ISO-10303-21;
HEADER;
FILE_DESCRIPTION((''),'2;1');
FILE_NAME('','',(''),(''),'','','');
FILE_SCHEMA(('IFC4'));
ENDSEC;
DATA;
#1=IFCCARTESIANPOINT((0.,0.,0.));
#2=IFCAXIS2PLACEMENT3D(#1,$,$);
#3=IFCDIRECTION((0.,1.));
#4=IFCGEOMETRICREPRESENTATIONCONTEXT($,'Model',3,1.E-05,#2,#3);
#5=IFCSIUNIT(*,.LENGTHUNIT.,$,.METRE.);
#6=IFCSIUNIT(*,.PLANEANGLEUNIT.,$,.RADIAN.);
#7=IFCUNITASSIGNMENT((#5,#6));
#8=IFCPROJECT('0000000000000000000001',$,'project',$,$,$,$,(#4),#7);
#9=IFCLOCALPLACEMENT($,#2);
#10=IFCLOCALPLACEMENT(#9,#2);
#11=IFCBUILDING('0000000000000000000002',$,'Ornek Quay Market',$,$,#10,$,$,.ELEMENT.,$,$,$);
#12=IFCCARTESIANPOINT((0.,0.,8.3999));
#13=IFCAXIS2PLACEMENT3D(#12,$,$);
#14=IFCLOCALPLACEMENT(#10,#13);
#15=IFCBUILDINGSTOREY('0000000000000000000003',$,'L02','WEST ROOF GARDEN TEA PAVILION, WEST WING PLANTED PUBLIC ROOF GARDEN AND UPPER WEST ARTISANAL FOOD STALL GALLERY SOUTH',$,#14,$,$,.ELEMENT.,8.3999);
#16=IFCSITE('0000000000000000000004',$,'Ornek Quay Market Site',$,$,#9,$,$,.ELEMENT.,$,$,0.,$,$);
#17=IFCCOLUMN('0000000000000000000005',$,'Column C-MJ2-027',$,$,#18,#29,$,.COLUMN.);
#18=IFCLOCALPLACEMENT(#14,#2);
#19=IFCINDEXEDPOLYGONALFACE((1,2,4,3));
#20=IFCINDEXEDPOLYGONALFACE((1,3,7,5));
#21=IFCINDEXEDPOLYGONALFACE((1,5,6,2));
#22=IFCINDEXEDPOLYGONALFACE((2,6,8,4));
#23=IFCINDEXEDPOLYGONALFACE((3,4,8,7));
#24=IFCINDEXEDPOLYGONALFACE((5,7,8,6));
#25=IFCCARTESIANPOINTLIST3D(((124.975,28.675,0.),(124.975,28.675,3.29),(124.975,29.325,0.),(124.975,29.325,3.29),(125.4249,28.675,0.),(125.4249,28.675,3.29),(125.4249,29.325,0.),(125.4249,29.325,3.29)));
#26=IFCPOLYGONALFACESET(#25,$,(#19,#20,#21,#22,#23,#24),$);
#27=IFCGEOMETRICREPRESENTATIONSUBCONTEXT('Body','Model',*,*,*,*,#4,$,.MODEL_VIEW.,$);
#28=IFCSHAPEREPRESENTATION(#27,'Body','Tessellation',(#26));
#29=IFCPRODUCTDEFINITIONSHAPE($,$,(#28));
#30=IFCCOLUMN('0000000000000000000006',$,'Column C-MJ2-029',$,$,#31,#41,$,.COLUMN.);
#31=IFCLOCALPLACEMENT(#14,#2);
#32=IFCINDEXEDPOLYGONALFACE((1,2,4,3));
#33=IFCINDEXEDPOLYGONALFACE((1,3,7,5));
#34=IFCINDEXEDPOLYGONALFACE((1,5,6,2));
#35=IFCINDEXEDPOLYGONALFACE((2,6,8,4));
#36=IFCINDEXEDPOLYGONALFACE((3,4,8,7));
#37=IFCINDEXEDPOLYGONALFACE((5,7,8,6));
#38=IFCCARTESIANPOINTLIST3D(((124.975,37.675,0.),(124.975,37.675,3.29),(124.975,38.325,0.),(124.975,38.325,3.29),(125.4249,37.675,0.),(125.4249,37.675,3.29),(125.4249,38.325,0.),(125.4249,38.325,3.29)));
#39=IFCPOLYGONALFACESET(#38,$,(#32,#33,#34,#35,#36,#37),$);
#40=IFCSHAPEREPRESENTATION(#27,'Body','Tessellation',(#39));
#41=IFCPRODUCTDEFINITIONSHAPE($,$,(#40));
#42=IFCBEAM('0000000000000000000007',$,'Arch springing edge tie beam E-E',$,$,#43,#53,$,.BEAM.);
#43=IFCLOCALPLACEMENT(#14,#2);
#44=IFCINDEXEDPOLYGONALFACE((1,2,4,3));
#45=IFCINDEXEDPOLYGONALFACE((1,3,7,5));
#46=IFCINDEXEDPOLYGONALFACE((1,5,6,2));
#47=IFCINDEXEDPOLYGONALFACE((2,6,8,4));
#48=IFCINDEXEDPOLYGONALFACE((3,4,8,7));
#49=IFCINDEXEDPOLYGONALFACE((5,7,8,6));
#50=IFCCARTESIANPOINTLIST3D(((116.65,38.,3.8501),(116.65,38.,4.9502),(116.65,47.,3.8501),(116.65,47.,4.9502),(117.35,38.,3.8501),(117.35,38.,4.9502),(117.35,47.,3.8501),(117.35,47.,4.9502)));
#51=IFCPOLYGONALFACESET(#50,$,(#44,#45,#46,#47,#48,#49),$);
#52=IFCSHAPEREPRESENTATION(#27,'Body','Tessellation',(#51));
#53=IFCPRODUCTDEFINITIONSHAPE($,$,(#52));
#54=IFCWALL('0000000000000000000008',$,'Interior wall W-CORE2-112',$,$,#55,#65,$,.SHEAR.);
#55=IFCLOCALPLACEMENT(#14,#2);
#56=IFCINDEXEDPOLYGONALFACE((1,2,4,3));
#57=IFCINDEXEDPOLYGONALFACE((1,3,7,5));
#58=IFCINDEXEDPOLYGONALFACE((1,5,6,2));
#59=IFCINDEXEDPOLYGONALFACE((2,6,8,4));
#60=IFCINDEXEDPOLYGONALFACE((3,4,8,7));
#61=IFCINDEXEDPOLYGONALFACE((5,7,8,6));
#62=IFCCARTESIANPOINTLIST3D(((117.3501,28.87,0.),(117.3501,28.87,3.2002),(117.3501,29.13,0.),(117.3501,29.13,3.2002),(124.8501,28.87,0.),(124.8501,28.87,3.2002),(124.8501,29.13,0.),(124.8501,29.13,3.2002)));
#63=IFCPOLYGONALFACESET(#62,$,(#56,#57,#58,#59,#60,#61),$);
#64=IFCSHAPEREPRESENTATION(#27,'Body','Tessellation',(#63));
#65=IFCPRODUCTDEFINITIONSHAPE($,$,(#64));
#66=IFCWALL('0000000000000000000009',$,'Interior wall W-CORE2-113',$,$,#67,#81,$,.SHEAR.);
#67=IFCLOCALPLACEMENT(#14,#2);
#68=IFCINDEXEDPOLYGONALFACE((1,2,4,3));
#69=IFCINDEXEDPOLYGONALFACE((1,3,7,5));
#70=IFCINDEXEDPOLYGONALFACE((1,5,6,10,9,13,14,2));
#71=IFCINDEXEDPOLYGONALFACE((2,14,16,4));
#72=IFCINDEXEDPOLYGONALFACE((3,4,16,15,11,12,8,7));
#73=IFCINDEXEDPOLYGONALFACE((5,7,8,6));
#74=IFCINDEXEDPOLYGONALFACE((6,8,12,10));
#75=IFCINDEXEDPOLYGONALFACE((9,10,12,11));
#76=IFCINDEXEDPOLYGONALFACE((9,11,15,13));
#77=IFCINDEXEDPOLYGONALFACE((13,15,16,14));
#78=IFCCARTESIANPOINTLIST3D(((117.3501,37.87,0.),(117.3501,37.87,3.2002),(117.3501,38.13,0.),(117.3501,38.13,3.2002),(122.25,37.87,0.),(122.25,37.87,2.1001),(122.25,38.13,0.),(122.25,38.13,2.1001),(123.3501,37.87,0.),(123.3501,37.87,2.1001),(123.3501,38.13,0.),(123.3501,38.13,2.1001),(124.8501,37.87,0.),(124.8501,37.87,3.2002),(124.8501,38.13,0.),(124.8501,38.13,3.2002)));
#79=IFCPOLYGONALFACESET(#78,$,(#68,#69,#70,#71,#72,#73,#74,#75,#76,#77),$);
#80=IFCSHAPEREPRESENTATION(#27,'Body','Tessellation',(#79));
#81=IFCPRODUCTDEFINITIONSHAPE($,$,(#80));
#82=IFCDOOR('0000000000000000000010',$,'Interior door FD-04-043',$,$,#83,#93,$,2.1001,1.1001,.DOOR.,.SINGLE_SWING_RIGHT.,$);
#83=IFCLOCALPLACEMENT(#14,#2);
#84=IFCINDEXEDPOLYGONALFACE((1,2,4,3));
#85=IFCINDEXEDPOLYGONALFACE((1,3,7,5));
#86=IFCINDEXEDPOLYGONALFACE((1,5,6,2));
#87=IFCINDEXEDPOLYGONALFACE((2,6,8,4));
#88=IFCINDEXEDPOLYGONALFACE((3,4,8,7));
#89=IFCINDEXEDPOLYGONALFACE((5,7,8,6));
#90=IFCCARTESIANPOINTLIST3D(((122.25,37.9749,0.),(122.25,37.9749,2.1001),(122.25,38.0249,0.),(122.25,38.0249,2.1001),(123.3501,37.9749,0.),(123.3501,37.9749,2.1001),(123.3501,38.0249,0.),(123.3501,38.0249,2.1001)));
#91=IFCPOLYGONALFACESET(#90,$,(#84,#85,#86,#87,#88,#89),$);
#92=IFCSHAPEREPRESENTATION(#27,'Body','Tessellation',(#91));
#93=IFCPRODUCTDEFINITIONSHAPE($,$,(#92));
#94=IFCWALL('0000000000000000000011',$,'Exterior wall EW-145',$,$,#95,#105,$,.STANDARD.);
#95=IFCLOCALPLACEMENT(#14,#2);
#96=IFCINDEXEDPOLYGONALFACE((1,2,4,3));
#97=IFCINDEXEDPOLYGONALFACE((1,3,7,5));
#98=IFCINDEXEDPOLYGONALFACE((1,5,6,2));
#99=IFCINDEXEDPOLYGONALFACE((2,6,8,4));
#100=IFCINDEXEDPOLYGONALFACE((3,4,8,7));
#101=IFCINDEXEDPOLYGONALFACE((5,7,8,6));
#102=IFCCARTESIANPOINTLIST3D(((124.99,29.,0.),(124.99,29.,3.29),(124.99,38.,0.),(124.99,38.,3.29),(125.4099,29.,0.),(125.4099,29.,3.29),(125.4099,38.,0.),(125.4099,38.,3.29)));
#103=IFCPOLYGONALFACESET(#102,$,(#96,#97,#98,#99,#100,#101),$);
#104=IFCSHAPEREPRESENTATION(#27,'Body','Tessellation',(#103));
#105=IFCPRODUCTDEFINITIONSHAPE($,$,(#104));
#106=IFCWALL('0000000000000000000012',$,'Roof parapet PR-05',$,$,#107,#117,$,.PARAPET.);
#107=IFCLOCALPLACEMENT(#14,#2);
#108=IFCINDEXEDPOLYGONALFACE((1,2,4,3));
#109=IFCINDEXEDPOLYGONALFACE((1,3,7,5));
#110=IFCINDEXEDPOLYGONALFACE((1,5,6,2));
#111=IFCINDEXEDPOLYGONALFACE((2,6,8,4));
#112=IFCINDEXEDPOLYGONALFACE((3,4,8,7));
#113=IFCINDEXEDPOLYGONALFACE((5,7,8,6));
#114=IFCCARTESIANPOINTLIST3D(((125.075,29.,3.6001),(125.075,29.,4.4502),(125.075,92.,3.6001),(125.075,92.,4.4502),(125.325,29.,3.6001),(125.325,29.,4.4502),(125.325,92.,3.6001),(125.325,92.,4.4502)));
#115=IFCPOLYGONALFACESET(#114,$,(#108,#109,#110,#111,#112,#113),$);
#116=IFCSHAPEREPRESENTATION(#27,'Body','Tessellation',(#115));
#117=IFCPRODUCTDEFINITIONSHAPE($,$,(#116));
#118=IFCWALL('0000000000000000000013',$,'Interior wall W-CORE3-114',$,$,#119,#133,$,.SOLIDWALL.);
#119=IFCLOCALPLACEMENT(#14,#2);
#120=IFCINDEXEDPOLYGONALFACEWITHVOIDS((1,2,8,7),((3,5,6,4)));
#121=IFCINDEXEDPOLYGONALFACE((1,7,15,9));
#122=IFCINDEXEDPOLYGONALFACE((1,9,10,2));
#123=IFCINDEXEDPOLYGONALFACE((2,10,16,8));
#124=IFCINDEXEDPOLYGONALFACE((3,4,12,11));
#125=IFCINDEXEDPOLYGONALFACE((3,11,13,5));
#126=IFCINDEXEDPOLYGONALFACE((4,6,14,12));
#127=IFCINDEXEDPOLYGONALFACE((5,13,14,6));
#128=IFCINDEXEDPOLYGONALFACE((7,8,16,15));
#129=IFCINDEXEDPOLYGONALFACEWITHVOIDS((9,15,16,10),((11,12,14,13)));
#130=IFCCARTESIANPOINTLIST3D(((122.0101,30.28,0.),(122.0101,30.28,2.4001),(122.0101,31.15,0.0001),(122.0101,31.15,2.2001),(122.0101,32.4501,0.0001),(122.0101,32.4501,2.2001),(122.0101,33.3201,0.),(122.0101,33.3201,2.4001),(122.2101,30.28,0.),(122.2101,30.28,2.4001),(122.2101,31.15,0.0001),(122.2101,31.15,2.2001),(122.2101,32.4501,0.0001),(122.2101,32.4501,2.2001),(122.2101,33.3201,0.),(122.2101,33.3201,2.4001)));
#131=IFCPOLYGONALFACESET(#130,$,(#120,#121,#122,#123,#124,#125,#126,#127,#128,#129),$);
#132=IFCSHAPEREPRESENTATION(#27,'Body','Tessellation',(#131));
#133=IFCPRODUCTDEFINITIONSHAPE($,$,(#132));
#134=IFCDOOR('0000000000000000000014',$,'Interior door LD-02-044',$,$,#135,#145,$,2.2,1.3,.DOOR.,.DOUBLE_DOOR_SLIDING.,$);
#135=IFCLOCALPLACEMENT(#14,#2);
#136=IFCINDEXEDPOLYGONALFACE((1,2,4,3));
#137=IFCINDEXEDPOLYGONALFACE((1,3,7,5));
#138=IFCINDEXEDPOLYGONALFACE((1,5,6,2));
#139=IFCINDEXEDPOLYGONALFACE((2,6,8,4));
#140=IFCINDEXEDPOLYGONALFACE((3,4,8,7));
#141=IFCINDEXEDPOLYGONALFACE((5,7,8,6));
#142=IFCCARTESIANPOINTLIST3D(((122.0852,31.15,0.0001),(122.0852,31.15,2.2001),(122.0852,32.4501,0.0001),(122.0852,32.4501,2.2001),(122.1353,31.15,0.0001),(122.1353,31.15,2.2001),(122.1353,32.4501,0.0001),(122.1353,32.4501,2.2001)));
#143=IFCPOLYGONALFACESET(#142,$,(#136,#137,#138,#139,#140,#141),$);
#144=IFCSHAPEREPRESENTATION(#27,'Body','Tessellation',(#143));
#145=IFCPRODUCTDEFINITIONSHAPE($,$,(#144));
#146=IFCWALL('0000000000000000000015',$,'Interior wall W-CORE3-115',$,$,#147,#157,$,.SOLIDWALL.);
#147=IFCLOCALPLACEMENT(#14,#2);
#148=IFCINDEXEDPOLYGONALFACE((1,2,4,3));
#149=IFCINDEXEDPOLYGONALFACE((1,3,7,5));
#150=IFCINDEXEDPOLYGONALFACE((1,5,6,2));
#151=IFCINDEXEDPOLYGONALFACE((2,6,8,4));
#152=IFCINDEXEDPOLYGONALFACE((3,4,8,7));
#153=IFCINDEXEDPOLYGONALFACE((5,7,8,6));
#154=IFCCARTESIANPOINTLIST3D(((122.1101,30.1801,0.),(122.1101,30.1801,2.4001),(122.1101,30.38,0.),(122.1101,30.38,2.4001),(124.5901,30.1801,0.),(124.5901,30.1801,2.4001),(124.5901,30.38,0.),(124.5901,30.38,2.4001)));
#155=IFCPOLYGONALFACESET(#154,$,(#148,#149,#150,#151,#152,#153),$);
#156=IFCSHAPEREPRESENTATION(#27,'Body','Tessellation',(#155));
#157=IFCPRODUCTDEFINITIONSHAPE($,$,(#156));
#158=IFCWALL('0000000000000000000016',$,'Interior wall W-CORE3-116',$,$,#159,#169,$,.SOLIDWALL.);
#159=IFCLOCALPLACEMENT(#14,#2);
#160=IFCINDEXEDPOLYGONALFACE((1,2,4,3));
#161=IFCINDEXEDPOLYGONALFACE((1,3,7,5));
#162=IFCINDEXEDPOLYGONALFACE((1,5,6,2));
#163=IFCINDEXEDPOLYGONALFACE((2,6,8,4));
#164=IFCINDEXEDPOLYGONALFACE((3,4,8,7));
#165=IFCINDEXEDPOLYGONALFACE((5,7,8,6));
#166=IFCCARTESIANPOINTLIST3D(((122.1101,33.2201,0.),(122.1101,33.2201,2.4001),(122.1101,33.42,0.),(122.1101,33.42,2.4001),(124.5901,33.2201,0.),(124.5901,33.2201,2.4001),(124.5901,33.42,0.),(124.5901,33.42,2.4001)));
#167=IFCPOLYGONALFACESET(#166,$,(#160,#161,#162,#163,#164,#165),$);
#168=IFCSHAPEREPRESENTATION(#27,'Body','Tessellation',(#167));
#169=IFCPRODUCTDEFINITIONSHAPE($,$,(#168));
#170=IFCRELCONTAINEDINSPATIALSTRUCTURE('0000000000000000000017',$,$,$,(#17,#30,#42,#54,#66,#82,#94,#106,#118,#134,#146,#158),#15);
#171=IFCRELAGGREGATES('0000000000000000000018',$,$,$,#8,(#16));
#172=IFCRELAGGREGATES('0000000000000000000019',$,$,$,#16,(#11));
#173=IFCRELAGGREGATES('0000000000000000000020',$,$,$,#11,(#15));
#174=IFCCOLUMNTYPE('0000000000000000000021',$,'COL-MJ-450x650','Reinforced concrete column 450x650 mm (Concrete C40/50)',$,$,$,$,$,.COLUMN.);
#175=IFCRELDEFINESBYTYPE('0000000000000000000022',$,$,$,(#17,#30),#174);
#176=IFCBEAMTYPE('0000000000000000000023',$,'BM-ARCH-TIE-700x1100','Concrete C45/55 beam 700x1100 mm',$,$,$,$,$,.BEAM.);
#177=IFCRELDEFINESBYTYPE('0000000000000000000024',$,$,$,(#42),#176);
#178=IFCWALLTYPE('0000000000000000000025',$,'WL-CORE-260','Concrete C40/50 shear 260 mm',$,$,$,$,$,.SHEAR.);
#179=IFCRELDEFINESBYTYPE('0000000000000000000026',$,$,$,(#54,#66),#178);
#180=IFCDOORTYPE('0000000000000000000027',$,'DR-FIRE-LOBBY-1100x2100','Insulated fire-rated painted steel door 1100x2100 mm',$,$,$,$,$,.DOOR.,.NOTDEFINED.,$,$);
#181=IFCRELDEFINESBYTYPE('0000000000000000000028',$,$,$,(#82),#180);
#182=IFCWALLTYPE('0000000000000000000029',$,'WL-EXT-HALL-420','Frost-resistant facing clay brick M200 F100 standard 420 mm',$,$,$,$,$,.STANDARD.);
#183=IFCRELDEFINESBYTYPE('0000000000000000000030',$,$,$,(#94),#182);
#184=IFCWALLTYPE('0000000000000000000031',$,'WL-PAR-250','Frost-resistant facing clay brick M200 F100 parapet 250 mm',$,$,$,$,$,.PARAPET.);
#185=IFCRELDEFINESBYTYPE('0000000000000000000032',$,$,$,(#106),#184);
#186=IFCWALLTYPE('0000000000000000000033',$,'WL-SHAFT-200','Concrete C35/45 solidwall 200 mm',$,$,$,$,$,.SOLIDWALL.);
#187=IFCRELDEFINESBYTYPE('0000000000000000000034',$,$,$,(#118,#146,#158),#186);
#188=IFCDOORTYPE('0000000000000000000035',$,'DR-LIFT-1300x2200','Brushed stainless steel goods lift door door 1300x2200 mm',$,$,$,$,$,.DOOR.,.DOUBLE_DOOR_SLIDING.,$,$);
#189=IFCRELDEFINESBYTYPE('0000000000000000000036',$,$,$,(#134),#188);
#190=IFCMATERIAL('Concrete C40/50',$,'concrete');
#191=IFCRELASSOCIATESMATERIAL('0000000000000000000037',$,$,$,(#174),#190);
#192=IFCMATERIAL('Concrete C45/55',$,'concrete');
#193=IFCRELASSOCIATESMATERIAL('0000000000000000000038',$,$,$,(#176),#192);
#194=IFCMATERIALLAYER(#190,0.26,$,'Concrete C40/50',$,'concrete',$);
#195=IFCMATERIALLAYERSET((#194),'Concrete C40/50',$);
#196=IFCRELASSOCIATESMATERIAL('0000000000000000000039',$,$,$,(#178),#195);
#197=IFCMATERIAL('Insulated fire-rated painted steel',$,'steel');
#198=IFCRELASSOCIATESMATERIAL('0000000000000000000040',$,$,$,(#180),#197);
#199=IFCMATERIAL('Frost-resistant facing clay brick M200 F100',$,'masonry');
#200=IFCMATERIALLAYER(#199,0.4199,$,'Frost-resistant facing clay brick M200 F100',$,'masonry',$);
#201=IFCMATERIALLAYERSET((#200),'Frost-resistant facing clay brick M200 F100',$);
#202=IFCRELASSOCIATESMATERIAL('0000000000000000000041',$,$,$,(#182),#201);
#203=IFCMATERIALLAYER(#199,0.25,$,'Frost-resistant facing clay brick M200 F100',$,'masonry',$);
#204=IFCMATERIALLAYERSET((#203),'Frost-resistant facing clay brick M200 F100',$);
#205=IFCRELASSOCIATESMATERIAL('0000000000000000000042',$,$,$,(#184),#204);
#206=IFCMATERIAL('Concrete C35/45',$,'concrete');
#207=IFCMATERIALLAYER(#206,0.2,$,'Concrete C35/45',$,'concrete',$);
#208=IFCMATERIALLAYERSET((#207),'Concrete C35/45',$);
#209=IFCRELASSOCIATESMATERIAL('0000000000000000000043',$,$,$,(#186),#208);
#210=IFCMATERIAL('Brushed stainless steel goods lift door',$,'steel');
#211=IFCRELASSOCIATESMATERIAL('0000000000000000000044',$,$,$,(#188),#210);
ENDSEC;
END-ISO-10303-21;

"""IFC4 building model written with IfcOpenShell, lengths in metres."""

from ifc_helpers import new_model, si_unit, direction, frame, frame_2d, origin, origin_2d, place, context, subcontext, project, spatial, rectangle, extrude, material, layer, layer_set, material_profile, profile_set, type_object, element, fill, save


model = new_model("IFC4")

# Units and contexts
model_context = context("Model", 3, precision=1e-05, world=origin(), true_north=direction((0.0, 1.0)))
body_context = subcontext(model_context, "Body", "Model", "MODEL_VIEW")
ifc_project = project(units=[si_unit("LENGTHUNIT", "METRE"), si_unit("PLANEANGLEUNIT", "RADIAN")], contexts=[model_context])

# Site, building, storey
site_placement = place(None, origin())
site = spatial("IfcSite", under=ifc_project, at=site_placement, Name="Ornek Quay Market Site", CompositionType="ELEMENT", RefElevation=0.0)
building_placement = place(site_placement, origin())
building = spatial("IfcBuilding", under=site, at=building_placement, Name="Ornek Quay Market", CompositionType="ELEMENT")
storey_placement = place(building_placement, frame((0.0, 0.0, 8.3999)))
storey = spatial("IfcBuildingStorey", under=building, at=storey_placement, Name="L02", Description="WEST ROOF GARDEN TEA PAVILION, WEST WING PLANTED PUBLIC ROOF GARDEN AND UPPER WEST ARTISANAL FOOD STALL GALLERY SOUTH", CompositionType="ELEMENT", Elevation=8.3999)

# Columns
ifc_material_1 = material(Name="Concrete C40/50", Category="concrete")
ifc_material_profile_1 = material_profile(ifc_material_1, rectangle(XDim=0.45, YDim=0.6499, at=origin_2d()), Name="RC 450x650", Category="concrete")
ifc_profile_set_1 = profile_set([ifc_material_profile_1], Name="Concrete C40/50")
column_type = type_object("IfcColumnType", Name="COL-MJ-450x650", Description="Reinforced concrete column 450x650 mm (Concrete C40/50)", PredefinedType="COLUMN", material=ifc_profile_set_1)
for number, where, z_axis, x_axis, name in (
    (1, (125.2, 29.0, 0.0), (0.0, 0.0, 1.0), (1.0, 0.0, 0.0), "Column C-MJ2-027"),
    (2, (125.2, 38.0, 0.0), (0.0, 0.0, 1.0), (1.0, 0.0, 0.0), "Column C-MJ2-029"),
):
    element("IfcColumn", number, at=place(storey_placement, frame(where, z_axis=z_axis, x_axis=x_axis)), inside=storey, type_object=column_type, Name=name, PredefinedType="COLUMN", context=body_context, shape_type="SweptSolid", body=[
        extrude(rectangle(XDim=0.45, YDim=0.6499, at=origin_2d()), origin(), (0.0, 0.0, 1.0), 3.29),
    ])

# Beam
ifc_material_2 = material(Name="Concrete C45/55", Category="concrete")
ifc_material_profile_2 = material_profile(ifc_material_2, rectangle(XDim=0.7, YDim=1.1001, at=origin_2d()), Name="RC 700x1100", Category="concrete")
ifc_profile_set_2 = profile_set([ifc_material_profile_2], Name="Concrete C45/55")
beam_type = type_object("IfcBeamType", Name="BM-ARCH-TIE-700x1100", Description="Concrete C45/55 beam 700x1100 mm", PredefinedType="BEAM", material=ifc_profile_set_2)
beam_placement = place(storey_placement, frame((117.0, 38.0, 4.4001), z_axis=(0.0, 1.0, 0.0), x_axis=(-1.0, 0.0, 0.0)))
element("IfcBeam", 3, at=beam_placement, inside=storey, type_object=beam_type, Name="Arch springing edge tie beam E-E", PredefinedType="BEAM", context=body_context, shape_type="SweptSolid", body=[
    extrude(rectangle(XDim=0.7, YDim=1.1001, at=origin_2d()), origin(), (0.0, 0.0, 1.0), 9.0),
])

# Shared definitions
ifc_layer_1 = layer(ifc_material_1, 0.26, Name="Concrete C40/50", Category="concrete")
ifc_layer_set_1 = layer_set([ifc_layer_1], Name="Concrete C40/50")
wall_type_1 = type_object("IfcWallType", Name="WL-CORE-260", Description="Concrete C40/50 shear 260 mm", PredefinedType="SHEAR", material=ifc_layer_set_1)
ifc_material_3 = material(Name="Insulated fire-rated painted steel", Category="steel")

# Wall
wall_1_placement = place(storey_placement, frame((117.3501, 29.0, 0.0), z_axis=(0.0, 0.0, 1.0), x_axis=(1.0, 0.0, 0.0)))
element("IfcWall", 4, at=wall_1_placement, inside=storey, type_object=wall_type_1, Name="Interior wall W-CORE2-112", PredefinedType="SHEAR", context=body_context, shape_type="SweptSolid", body=[
    extrude(rectangle(XDim=7.5, YDim=0.26, at=frame_2d((3.75, 0.0))), origin(), (0.0, 0.0, 1.0), 3.2002),
])

# Wall, opening, door
wall_2_placement = place(storey_placement, frame((117.3501, 38.0, 0.0), z_axis=(0.0, 0.0, 1.0), x_axis=(1.0, 0.0, 0.0)))
wall_2 = element("IfcWall", 5, at=wall_2_placement, inside=storey, type_object=wall_type_1, Name="Interior wall W-CORE2-113", PredefinedType="SHEAR", context=body_context, shape_type="SweptSolid", body=[
    extrude(rectangle(XDim=7.5, YDim=0.26, at=frame_2d((3.75, 0.0))), origin(), (0.0, 0.0, 1.0), 3.2002),
])
opening_1_placement = place(wall_2_placement, frame((4.8999, 0.0, 0.0)))
opening_1 = element("IfcOpeningElement", 6, at=opening_1_placement, cuts=wall_2, PredefinedType="OPENING", context=body_context, shape_type="SweptSolid", body=[
    extrude(rectangle(XDim=1.1001, YDim=2.1001, at=frame_2d((0.55, 1.05))), frame((0.0, 0.1399, 0.0), z_axis=(0.0, -1.0, 0.0), x_axis=(1.0, 0.0, 0.0)), (0.0, 0.0, 1.0), 0.28),
])
door_type_1 = type_object("IfcDoorType", Name="DR-FIRE-LOBBY-1100x2100", Description="Insulated fire-rated painted steel door 1100x2100 mm", OperationType="NOTDEFINED", PredefinedType="DOOR", material=ifc_material_3)
door_1_placement = place(opening_1_placement, origin())
door_1 = element("IfcDoor", 7, at=door_1_placement, inside=storey, type_object=door_type_1, Name="Interior door FD-04-043", OperationType="SINGLE_SWING_RIGHT", OverallHeight=2.1001, OverallWidth=1.1001, PredefinedType="DOOR", context=body_context, shape_type="SweptSolid", body=[
    extrude(rectangle(XDim=1.1001, YDim=2.1001, at=frame_2d((0.55, 1.05))), frame((0.0, 0.0249, 0.0), z_axis=(0.0, -1.0, 0.0), x_axis=(1.0, 0.0, 0.0)), (0.0, 0.0, 1.0), 0.05),
])
fill(opening_1, door_1)

# Walls
ifc_material_4 = material(Name="Frost-resistant facing clay brick M200 F100", Category="masonry")
ifc_layer_2 = layer(ifc_material_4, 0.4199, Name="Frost-resistant facing clay brick M200 F100", Category="masonry")
ifc_layer_set_2 = layer_set([ifc_layer_2], Name="Frost-resistant facing clay brick M200 F100")
wall_type_2 = type_object("IfcWallType", Name="WL-EXT-HALL-420", Description="Frost-resistant facing clay brick M200 F100 standard 420 mm", PredefinedType="STANDARD", material=ifc_layer_set_2)
wall_3_placement = place(storey_placement, frame((125.2, 29.0, 0.0), z_axis=(0.0, 0.0, 1.0), x_axis=(0.0, 1.0, 0.0)))
element("IfcWall", 8, at=wall_3_placement, inside=storey, type_object=wall_type_2, Name="Exterior wall EW-145", PredefinedType="STANDARD", context=body_context, shape_type="SweptSolid", body=[
    extrude(rectangle(XDim=9.0, YDim=0.4199, at=frame_2d((4.5, 0.0))), origin(), (0.0, 0.0, 1.0), 3.29),
])
ifc_layer_3 = layer(ifc_material_4, 0.25, Name="Frost-resistant facing clay brick M200 F100", Category="masonry")
ifc_layer_set_3 = layer_set([ifc_layer_3], Name="Frost-resistant facing clay brick M200 F100")
wall_type_3 = type_object("IfcWallType", Name="WL-PAR-250", Description="Frost-resistant facing clay brick M200 F100 parapet 250 mm", PredefinedType="PARAPET", material=ifc_layer_set_3)
wall_4_placement = place(storey_placement, frame((125.2, 29.0, 3.6001), z_axis=(0.0, 0.0, 1.0), x_axis=(0.0, 1.0, 0.0)))
element("IfcWall", 9, at=wall_4_placement, inside=storey, type_object=wall_type_3, Name="Roof parapet PR-05", PredefinedType="PARAPET", context=body_context, shape_type="SweptSolid", body=[
    extrude(rectangle(XDim=63.0, YDim=0.25, at=frame_2d((31.5, 0.0))), origin(), (0.0, 0.0, 1.0), 0.8501),
])

# Wall, opening, door
ifc_material_5 = material(Name="Concrete C35/45", Category="concrete")
ifc_layer_4 = layer(ifc_material_5, 0.2, Name="Concrete C35/45", Category="concrete")
ifc_layer_set_4 = layer_set([ifc_layer_4], Name="Concrete C35/45")
wall_type_4 = type_object("IfcWallType", Name="WL-SHAFT-200", Description="Concrete C35/45 solidwall 200 mm", PredefinedType="SOLIDWALL", material=ifc_layer_set_4)
wall_5_placement = place(storey_placement, frame((122.1101, 30.28, 0.0), z_axis=(0.0, 0.0, 1.0), x_axis=(0.0, 1.0, 0.0)))
wall_5 = element("IfcWall", 10, at=wall_5_placement, inside=storey, type_object=wall_type_4, Name="Interior wall W-CORE3-114", PredefinedType="SOLIDWALL", context=body_context, shape_type="SweptSolid", body=[
    extrude(rectangle(XDim=3.04, YDim=0.2, at=frame_2d((1.52, 0.0))), origin(), (0.0, 0.0, 1.0), 2.4001),
])
opening_2_placement = place(wall_5_placement, frame((0.8701, 0.0, 0.0)))
opening_2 = element("IfcOpeningElement", 11, at=opening_2_placement, cuts=wall_5, PredefinedType="OPENING", context=body_context, shape_type="SweptSolid", body=[
    extrude(rectangle(XDim=1.3, YDim=2.2, at=frame_2d((0.6499, 1.1001))), frame((0.0, 0.1099, 0.0), z_axis=(0.0, -1.0, 0.0), x_axis=(1.0, 0.0, 0.0)), (0.0, 0.0, 1.0), 0.22),
])
ifc_material_6 = material(Name="Brushed stainless steel goods lift door", Category="steel")
door_type_2 = type_object("IfcDoorType", Name="DR-LIFT-1300x2200", Description="Brushed stainless steel goods lift door door 1300x2200 mm", OperationType="DOUBLE_DOOR_SLIDING", PredefinedType="DOOR", material=ifc_material_6)
door_2_placement = place(opening_2_placement, origin())
door_2 = element("IfcDoor", 12, at=door_2_placement, inside=storey, type_object=door_type_2, Name="Interior door LD-02-044", OperationType="DOUBLE_DOOR_SLIDING", OverallHeight=2.2, OverallWidth=1.3, PredefinedType="DOOR", context=body_context, shape_type="SweptSolid", body=[
    extrude(rectangle(XDim=1.3, YDim=2.2, at=frame_2d((0.6499, 1.1001))), frame((0.0, 0.0249, 0.0), z_axis=(0.0, -1.0, 0.0), x_axis=(1.0, 0.0, 0.0)), (0.0, 0.0, 1.0), 0.05),
])
fill(opening_2, door_2)

# Walls
for number, where, z_axis, x_axis, name in (
    (13, (122.1101, 30.28, 0.0), (0.0, 0.0, 1.0), (1.0, 0.0, 0.0), "Interior wall W-CORE3-115"),
    (14, (122.1101, 33.3201, 0.0), (0.0, 0.0, 1.0), (1.0, 0.0, 0.0), "Interior wall W-CORE3-116"),
):
    element("IfcWall", number, at=place(storey_placement, frame(where, z_axis=z_axis, x_axis=x_axis)), inside=storey, type_object=wall_type_4, Name=name, PredefinedType="SOLIDWALL", context=body_context, shape_type="SweptSolid", body=[
        extrude(rectangle(XDim=2.48, YDim=0.2, at=frame_2d((1.24, 0.0))), origin(), (0.0, 0.0, 1.0), 2.4001),
    ])

save(model, "model.ifc")
